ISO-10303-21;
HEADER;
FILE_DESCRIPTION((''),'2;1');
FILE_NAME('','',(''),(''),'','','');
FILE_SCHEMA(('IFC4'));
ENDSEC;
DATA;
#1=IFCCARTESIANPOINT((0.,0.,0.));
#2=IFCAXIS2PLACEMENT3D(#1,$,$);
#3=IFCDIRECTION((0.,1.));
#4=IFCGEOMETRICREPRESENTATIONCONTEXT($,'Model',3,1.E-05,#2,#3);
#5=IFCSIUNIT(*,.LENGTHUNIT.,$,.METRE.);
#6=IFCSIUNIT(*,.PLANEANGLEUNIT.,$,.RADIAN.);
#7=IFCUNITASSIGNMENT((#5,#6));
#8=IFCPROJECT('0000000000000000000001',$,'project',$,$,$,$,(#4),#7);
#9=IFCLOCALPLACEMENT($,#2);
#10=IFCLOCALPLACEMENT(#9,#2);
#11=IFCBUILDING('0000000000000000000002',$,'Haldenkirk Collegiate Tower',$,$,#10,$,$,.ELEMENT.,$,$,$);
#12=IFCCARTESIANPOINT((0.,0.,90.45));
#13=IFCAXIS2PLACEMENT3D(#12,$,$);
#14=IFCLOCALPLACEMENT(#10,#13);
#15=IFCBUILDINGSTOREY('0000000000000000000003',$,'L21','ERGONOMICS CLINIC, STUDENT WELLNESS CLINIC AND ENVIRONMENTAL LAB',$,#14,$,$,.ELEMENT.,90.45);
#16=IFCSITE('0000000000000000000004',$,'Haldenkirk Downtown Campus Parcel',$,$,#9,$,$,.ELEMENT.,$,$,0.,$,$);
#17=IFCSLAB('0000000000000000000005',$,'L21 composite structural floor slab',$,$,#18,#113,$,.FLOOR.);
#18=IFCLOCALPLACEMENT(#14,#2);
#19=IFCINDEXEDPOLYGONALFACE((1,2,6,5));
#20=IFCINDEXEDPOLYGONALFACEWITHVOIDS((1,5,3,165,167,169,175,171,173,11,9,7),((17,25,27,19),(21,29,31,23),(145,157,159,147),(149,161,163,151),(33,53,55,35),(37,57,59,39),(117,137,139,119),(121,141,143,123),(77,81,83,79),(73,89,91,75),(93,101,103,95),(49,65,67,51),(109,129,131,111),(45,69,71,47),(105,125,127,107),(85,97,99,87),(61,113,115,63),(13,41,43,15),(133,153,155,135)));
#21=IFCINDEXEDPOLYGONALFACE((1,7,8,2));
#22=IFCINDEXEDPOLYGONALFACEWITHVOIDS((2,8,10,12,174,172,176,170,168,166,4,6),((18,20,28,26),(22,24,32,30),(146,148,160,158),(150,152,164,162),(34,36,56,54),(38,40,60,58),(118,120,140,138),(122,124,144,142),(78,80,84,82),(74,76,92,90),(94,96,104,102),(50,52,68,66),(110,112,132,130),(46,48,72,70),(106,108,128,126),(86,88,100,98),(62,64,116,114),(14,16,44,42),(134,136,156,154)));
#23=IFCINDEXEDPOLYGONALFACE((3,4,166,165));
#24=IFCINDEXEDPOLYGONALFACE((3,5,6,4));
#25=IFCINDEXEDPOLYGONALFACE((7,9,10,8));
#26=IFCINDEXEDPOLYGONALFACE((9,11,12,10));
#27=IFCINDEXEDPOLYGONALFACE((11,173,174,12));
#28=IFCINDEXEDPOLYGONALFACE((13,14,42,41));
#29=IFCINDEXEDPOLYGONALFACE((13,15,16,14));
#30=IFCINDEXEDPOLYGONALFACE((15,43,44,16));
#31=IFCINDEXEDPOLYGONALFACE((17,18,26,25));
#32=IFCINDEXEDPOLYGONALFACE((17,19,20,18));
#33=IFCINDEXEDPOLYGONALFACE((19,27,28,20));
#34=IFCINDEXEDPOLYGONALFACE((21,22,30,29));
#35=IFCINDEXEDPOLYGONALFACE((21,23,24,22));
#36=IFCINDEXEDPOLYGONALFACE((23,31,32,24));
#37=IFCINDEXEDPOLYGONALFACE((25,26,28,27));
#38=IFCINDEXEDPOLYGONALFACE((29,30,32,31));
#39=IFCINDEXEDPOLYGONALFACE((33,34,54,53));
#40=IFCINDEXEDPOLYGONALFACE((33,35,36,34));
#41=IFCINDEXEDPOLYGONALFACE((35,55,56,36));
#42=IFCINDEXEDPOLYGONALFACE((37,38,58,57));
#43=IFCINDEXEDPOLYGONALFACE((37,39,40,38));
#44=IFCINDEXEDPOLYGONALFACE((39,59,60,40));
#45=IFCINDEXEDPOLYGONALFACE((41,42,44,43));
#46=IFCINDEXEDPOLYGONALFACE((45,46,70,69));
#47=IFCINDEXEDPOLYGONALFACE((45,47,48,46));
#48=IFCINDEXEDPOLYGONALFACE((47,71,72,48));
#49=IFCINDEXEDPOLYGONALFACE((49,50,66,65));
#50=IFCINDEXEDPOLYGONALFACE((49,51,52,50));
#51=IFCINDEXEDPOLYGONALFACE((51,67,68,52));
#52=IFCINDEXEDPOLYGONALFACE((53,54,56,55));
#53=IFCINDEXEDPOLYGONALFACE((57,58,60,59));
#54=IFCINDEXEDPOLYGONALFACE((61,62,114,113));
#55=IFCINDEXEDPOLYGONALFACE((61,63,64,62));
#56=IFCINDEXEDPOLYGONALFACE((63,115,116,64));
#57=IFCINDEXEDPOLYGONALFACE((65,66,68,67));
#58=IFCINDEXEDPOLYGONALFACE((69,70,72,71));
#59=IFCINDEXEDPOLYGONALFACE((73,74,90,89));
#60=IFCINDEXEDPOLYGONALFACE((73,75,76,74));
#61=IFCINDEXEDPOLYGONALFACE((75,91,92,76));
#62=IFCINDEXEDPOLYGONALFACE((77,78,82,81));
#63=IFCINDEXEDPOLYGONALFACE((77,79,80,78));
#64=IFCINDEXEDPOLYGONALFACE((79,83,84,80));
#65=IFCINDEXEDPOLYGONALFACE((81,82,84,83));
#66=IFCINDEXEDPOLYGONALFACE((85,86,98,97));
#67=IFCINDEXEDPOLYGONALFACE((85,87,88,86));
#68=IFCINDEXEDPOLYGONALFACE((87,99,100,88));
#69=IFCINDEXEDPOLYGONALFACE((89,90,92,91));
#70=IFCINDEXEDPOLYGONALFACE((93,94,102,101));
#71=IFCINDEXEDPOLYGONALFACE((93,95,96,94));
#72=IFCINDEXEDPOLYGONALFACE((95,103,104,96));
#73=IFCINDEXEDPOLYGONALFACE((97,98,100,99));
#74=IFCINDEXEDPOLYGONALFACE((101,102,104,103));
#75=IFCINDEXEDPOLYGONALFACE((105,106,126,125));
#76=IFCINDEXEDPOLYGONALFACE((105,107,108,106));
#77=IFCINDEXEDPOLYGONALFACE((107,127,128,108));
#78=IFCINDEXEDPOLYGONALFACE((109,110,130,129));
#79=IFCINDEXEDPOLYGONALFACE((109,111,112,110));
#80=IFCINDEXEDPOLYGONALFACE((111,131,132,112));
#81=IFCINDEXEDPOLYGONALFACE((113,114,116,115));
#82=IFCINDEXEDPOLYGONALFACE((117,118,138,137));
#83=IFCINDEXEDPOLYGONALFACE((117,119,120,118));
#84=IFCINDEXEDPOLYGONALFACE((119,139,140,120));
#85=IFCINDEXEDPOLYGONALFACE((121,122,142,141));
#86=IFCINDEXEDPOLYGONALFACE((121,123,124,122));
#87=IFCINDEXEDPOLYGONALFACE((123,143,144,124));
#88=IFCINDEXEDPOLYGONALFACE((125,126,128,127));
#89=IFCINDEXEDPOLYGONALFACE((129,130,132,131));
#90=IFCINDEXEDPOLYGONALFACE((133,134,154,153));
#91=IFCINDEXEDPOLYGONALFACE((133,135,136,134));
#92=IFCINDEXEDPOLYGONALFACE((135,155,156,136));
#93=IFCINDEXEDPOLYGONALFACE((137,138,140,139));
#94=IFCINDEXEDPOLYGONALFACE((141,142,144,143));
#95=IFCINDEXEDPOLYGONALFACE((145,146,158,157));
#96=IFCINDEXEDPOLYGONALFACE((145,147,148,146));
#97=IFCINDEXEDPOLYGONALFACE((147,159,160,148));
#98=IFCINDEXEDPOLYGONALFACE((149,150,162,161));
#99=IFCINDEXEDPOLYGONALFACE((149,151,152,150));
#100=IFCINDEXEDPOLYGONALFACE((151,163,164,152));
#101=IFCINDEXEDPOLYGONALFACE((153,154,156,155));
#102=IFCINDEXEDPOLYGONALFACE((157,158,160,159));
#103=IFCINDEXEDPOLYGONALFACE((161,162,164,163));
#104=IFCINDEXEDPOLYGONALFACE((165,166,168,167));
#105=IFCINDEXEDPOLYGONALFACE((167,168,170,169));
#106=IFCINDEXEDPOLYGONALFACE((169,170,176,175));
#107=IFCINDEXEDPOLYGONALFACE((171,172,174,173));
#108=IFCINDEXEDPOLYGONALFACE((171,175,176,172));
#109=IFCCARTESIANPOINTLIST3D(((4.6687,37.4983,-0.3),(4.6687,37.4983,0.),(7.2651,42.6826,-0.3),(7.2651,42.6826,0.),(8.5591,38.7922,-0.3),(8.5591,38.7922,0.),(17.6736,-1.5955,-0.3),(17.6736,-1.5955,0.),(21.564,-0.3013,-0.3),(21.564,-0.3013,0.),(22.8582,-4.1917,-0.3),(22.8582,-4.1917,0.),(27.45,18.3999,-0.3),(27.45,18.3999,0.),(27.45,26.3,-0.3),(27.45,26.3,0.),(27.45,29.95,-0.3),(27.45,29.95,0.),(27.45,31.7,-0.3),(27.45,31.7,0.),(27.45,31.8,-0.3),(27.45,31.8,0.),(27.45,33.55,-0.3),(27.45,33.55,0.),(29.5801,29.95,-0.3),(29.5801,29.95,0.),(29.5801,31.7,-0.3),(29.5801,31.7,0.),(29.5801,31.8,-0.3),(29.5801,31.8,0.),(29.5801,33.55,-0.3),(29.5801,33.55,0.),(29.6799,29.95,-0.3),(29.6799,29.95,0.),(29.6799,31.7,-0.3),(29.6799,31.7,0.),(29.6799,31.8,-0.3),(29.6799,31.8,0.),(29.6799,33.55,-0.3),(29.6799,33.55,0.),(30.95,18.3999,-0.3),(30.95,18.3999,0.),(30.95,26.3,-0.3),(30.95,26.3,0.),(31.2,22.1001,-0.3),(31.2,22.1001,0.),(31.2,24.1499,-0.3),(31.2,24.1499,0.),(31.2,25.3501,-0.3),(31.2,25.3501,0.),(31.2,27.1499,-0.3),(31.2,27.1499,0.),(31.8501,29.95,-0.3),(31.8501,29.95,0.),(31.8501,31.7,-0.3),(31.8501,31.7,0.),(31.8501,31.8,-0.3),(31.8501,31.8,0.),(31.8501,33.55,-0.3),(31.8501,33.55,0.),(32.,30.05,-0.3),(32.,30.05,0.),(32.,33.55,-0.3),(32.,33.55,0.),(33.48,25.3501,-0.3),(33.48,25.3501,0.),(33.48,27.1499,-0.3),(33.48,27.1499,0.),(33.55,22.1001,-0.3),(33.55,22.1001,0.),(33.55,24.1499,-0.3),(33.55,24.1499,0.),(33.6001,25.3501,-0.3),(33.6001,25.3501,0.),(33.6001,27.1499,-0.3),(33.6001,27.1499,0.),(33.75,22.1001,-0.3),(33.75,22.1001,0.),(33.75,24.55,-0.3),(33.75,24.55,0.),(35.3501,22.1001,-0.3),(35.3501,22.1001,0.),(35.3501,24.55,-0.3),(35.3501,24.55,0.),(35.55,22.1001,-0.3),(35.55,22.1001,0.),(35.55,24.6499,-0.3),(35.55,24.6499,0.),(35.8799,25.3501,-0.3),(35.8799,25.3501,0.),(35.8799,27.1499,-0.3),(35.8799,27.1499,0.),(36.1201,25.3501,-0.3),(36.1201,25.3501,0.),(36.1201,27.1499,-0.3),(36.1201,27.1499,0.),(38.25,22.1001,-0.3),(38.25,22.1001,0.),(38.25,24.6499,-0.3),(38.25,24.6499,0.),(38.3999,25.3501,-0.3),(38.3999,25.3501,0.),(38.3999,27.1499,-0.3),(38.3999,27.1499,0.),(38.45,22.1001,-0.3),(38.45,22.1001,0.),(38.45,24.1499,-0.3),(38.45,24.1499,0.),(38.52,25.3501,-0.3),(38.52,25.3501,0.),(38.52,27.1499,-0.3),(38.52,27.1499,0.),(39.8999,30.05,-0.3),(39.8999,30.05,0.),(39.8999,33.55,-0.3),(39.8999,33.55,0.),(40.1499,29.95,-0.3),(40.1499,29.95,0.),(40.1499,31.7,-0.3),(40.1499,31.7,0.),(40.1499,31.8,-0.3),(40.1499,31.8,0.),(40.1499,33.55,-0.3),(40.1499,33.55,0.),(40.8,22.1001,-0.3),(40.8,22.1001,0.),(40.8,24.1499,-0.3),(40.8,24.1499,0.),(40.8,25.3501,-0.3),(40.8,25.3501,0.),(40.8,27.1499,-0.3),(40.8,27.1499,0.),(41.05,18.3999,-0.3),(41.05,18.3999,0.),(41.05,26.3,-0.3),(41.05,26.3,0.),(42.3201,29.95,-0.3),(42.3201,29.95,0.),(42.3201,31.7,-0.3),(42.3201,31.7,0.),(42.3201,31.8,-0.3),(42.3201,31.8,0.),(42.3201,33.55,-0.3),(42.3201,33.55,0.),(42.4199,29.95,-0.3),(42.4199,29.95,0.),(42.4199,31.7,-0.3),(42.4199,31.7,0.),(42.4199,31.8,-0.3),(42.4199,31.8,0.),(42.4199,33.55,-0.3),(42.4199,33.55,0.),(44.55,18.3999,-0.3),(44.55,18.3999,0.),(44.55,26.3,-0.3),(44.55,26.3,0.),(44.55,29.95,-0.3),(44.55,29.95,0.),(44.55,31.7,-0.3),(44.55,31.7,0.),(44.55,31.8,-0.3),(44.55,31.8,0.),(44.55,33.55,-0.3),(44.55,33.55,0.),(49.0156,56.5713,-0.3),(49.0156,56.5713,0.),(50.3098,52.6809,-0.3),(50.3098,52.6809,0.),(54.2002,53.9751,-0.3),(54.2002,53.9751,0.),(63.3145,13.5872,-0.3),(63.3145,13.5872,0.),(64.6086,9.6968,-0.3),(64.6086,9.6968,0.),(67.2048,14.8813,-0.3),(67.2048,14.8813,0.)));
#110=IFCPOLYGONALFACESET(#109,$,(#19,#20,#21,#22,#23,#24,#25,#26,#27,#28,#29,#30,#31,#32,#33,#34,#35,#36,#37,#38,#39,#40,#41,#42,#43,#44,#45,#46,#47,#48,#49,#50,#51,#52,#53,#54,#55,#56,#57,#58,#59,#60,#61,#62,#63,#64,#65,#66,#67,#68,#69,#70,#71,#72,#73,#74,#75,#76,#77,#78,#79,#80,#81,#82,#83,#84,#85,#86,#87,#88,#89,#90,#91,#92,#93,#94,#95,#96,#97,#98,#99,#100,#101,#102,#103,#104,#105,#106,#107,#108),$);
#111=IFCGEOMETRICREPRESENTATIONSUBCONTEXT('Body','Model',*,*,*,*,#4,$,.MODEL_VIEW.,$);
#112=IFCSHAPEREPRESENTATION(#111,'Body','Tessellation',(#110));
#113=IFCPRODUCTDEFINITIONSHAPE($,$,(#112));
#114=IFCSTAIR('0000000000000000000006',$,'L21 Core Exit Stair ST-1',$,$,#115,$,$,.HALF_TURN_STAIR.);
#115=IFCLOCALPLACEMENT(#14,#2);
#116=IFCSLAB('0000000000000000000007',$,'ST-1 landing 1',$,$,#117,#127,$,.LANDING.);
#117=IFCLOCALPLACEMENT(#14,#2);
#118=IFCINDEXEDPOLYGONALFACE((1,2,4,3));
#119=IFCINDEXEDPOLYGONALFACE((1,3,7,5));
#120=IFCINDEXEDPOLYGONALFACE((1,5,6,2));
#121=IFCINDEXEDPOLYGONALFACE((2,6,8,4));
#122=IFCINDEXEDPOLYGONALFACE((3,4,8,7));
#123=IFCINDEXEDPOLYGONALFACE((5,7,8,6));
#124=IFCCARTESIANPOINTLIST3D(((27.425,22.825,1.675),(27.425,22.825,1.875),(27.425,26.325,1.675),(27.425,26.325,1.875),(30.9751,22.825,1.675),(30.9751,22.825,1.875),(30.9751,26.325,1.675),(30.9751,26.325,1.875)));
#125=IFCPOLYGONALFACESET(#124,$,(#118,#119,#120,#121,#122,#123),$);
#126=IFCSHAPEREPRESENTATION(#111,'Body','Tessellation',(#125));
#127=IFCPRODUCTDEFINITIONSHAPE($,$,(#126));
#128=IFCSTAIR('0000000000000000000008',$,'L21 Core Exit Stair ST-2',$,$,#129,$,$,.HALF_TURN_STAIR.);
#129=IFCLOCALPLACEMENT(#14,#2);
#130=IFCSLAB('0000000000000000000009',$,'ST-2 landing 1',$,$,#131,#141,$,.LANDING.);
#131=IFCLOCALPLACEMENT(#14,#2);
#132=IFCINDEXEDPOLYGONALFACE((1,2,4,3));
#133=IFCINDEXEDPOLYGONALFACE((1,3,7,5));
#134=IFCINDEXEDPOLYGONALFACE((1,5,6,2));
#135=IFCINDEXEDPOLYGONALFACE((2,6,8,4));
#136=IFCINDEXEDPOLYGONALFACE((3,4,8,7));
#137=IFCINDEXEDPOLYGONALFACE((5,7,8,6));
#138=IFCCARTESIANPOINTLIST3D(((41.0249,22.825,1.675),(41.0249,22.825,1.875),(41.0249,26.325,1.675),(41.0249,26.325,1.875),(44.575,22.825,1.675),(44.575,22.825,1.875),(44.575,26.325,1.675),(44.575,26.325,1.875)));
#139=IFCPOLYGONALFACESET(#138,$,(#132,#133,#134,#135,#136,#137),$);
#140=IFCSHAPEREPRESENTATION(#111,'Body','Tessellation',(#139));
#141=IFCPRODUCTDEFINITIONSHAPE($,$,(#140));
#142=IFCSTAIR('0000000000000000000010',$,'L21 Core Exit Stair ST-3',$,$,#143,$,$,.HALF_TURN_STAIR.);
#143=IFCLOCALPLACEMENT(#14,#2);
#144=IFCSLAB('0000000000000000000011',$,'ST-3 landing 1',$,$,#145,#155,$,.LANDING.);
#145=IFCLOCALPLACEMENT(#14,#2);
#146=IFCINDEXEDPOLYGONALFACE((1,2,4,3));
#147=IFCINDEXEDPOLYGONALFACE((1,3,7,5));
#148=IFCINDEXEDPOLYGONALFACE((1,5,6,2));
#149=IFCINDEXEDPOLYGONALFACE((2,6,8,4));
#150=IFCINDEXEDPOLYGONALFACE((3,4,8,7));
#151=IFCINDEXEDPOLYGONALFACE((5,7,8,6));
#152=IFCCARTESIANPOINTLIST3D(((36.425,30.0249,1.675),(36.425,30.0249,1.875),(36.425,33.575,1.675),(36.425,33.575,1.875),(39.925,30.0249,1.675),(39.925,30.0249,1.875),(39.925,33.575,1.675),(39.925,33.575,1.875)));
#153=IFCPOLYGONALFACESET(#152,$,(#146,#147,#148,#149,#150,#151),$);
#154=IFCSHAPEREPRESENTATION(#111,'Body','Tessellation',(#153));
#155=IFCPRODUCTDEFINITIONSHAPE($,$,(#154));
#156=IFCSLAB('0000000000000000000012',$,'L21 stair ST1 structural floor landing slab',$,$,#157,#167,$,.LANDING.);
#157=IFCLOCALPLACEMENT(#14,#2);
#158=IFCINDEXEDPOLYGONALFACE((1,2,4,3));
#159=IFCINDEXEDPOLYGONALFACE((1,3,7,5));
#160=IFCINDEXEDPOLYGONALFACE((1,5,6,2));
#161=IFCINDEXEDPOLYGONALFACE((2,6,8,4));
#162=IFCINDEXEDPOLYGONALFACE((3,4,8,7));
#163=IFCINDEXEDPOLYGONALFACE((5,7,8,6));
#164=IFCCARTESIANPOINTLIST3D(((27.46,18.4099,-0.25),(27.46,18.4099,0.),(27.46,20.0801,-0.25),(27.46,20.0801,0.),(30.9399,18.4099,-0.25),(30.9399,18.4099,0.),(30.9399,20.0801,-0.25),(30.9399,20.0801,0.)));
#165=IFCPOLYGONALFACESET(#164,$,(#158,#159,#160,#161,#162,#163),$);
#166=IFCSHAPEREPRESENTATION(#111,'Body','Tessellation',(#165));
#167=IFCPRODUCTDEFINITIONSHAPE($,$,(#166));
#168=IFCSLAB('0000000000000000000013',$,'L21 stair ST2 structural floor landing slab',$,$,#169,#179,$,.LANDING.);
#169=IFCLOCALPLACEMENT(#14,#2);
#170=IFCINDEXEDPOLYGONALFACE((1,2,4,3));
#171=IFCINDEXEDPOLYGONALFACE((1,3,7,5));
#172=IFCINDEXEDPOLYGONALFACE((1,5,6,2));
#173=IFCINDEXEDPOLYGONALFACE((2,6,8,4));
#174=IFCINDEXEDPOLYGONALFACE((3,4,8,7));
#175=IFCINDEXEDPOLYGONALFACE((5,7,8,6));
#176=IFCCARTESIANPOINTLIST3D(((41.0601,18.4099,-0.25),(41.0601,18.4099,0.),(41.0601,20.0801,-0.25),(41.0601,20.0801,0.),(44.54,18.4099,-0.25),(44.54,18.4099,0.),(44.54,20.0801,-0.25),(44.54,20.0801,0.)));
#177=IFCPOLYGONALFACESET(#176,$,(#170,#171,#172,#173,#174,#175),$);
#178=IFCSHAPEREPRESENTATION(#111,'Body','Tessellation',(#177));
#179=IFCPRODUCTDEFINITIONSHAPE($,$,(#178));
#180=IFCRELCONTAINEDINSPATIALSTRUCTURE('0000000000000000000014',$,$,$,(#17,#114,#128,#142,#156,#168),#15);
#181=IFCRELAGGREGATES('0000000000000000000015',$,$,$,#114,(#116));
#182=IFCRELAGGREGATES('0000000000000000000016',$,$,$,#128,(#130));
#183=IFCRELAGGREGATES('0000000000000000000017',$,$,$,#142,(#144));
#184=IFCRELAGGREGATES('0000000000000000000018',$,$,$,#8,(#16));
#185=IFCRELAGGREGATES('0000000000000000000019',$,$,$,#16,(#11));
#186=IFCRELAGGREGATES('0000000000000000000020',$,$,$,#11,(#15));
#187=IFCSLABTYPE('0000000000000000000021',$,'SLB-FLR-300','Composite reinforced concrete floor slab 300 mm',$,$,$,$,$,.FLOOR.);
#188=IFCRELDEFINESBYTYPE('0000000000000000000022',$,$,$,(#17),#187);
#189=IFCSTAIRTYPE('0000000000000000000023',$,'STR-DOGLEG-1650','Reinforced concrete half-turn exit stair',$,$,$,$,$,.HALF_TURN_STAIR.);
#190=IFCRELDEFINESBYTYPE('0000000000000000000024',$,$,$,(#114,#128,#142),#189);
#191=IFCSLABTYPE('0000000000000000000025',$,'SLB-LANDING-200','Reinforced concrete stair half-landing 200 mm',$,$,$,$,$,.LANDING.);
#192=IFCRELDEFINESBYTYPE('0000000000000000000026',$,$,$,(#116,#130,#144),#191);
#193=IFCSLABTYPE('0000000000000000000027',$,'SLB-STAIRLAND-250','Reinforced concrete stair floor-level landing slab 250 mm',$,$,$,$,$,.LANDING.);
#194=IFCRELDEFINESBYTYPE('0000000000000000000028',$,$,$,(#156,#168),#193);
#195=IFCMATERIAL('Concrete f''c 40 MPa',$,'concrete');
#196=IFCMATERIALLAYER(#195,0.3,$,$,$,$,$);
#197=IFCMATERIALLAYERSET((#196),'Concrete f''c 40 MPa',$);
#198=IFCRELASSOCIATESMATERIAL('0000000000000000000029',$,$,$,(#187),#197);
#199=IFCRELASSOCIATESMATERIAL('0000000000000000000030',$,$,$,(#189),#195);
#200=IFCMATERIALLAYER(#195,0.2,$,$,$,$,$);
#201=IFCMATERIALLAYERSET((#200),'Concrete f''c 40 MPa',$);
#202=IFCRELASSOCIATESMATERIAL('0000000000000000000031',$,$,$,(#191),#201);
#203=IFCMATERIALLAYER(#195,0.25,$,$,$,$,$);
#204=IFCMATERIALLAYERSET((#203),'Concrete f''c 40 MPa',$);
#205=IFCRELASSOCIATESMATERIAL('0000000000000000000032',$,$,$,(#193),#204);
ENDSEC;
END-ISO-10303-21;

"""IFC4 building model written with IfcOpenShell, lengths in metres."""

from ifc_helpers import new_model, si_unit, direction, frame, origin, place, context, subcontext, project, spatial, polyline, outline, extrude, material, layer, layer_set, type_object, element, aggregate, save


model = new_model("IFC4")

# Units and contexts
model_context = context("Model", 3, precision=1e-05, world=origin(), true_north=direction((0.0, 1.0)))
body_context = subcontext(model_context, "Body", "Model", "MODEL_VIEW")
ifc_project = project(units=[si_unit("LENGTHUNIT", "METRE"), si_unit("PLANEANGLEUNIT", "RADIAN")], contexts=[model_context])

# Site, building, storey
site_placement = place(None, origin())
site = spatial("IfcSite", under=ifc_project, at=site_placement, Name="Haldenkirk Downtown Campus Parcel", CompositionType="ELEMENT", RefElevation=0.0)
building_placement = place(site_placement, origin())
building = spatial("IfcBuilding", under=site, at=building_placement, Name="Haldenkirk Collegiate Tower", CompositionType="ELEMENT")
storey_placement = place(building_placement, frame((0.0, 0.0, 90.45)))
storey = spatial("IfcBuildingStorey", under=building, at=storey_placement, Name="L21", Description="ERGONOMICS CLINIC, STUDENT WELLNESS CLINIC AND ENVIRONMENTAL LAB", CompositionType="ELEMENT", Elevation=90.45)

# Slab
ifc_material_1 = material(Name="Concrete f'c 40 MPa", Category="concrete")
ifc_layer_1 = layer(ifc_material_1, 0.3)
ifc_layer_set_1 = layer_set([ifc_layer_1], Name="Concrete f'c 40 MPa")
slab_type_1 = type_object("IfcSlabType", Name="SLB-FLR-300", Description="Composite reinforced concrete floor slab 300 mm", PredefinedType="FLOOR", material=ifc_layer_set_1)
slab_1_placement = place(storey_placement, frame((0.0, 0.0, -0.3)))
element("IfcSlab", 1, at=slab_1_placement, inside=storey, type_object=slab_type_1, Name="L21 composite structural floor slab", PredefinedType="FLOOR", context=body_context, shape_type="SweptSolid", body=[
    extrude(outline(polyline([(22.8582, -4.1917), (64.6086, 9.6968), (63.3145, 13.5872), (67.2048, 14.8813), (54.2002, 53.9751), (50.3098, 52.6809), (49.0156, 56.5713), (7.2651, 42.6826), (8.5591, 38.7922), (4.6687, 37.4983), (17.6736, -1.5955), (21.564, -0.3013), (22.8582, -4.1917)]), holes=[polyline([(27.45, 18.3999), (30.95, 18.3999), (30.95, 26.3), (27.45, 26.3), (27.45, 18.3999)]), polyline([(41.05, 18.3999), (44.55, 18.3999), (44.55, 26.3), (41.05, 26.3), (41.05, 18.3999)]), polyline([(32.0, 30.05), (39.8999, 30.05), (39.8999, 33.55), (32.0, 33.55), (32.0, 30.05)]), polyline([(33.75, 22.1001), (35.3501, 22.1001), (35.3501, 24.55), (33.75, 24.55), (33.75, 22.1001)]), polyline([(27.45, 29.95), (29.5801, 29.95), (29.5801, 31.7), (27.45, 31.7), (27.45, 29.95)]), polyline([(29.6799, 29.95), (31.8501, 29.95), (31.8501, 31.7), (29.6799, 31.7), (29.6799, 29.95)]), polyline([(27.45, 31.8), (29.5801, 31.8), (29.5801, 33.55), (27.45, 33.55), (27.45, 31.8)]), polyline([(29.6799, 31.8), (31.8501, 31.8), (31.8501, 33.55), (29.6799, 33.55), (29.6799, 31.8)]), polyline([(40.1499, 29.95), (42.3201, 29.95), (42.3201, 31.7), (40.1499, 31.7), (40.1499, 29.95)]), polyline([(42.4199, 29.95), (44.55, 29.95), (44.55, 31.7), (42.4199, 31.7), (42.4199, 29.95)]), polyline([(40.1499, 31.8), (42.3201, 31.8), (42.3201, 33.55), (40.1499, 33.55), (40.1499, 31.8)]), polyline([(42.4199, 31.8), (44.55, 31.8), (44.55, 33.55), (42.4199, 33.55), (42.4199, 31.8)]), polyline([(31.2, 25.3501), (33.48, 25.3501), (33.48, 27.1499), (31.2, 27.1499), (31.2, 25.3501)]), polyline([(33.6001, 25.3501), (35.8799, 25.3501), (35.8799, 27.1499), (33.6001, 27.1499), (33.6001, 25.3501)]), polyline([(36.1201, 25.3501), (38.3999, 25.3501), (38.3999, 27.1499), (36.1201, 27.1499), (36.1201, 25.3501)]), polyline([(38.52, 25.3501), (40.8, 25.3501), (40.8, 27.1499), (38.52, 27.1499), (38.52, 25.3501)]), polyline([(31.2, 22.1001), (33.55, 22.1001), (33.55, 24.1499), (31.2, 24.1499), (31.2, 22.1001)]), polyline([(38.45, 22.1001), (40.8, 22.1001), (40.8, 24.1499), (38.45, 24.1499), (38.45, 22.1001)]), polyline([(35.55, 22.1001), (38.25, 22.1001), (38.25, 24.6499), (35.55, 24.6499), (35.55, 22.1001)])]), origin(), (0.0, 0.0, 1.0), 0.3),
])

# Stairs, slabs
stair_type = type_object("IfcStairType", Name="STR-DOGLEG-1650", Description="Reinforced concrete half-turn exit stair", PredefinedType="HALF_TURN_STAIR", material=ifc_material_1)
stair_1_placement = place(storey_placement, origin())
stair_1 = element("IfcStair", 2, at=stair_1_placement, inside=storey, type_object=stair_type, Name="L21 Core Exit Stair ST-1", PredefinedType="HALF_TURN_STAIR")
ifc_layer_2 = layer(ifc_material_1, 0.2)
ifc_layer_set_2 = layer_set([ifc_layer_2], Name="Concrete f'c 40 MPa")
slab_type_2 = type_object("IfcSlabType", Name="SLB-LANDING-200", Description="Reinforced concrete stair half-landing 200 mm", PredefinedType="LANDING", material=ifc_layer_set_2)
slab_2_placement = place(storey_placement, frame((0.0, 0.0, 1.675)))
slab_2 = element("IfcSlab", 3, at=slab_2_placement, type_object=slab_type_2, Name="ST-1 landing 1", PredefinedType="LANDING", context=body_context, shape_type="SweptSolid", body=[
    extrude(outline(polyline([(30.9751, 22.825), (27.425, 22.825), (27.425, 26.325), (30.9751, 26.325), (30.9751, 22.825)])), origin(), (0.0, 0.0, 1.0), 0.2),
])
aggregate(stair_1, [slab_2])
stair_2_placement = place(storey_placement, origin())
stair_2 = element("IfcStair", 4, at=stair_2_placement, inside=storey, type_object=stair_type, Name="L21 Core Exit Stair ST-2", PredefinedType="HALF_TURN_STAIR")
slab_3_placement = place(storey_placement, frame((0.0, 0.0, 1.675)))
slab_3 = element("IfcSlab", 5, at=slab_3_placement, type_object=slab_type_2, Name="ST-2 landing 1", PredefinedType="LANDING", context=body_context, shape_type="SweptSolid", body=[
    extrude(outline(polyline([(44.575, 22.825), (41.0249, 22.825), (41.0249, 26.325), (44.575, 26.325), (44.575, 22.825)])), origin(), (0.0, 0.0, 1.0), 0.2),
])
aggregate(stair_2, [slab_3])
stair_3_placement = place(storey_placement, origin())
stair_3 = element("IfcStair", 6, at=stair_3_placement, inside=storey, type_object=stair_type, Name="L21 Core Exit Stair ST-3", PredefinedType="HALF_TURN_STAIR")
slab_4_placement = place(storey_placement, frame((0.0, 0.0, 1.675)))
slab_4 = element("IfcSlab", 7, at=slab_4_placement, type_object=slab_type_2, Name="ST-3 landing 1", PredefinedType="LANDING", context=body_context, shape_type="SweptSolid", body=[
    extrude(outline(polyline([(36.425, 30.0249), (36.425, 33.575), (39.925, 33.575), (39.925, 30.0249), (36.425, 30.0249)])), origin(), (0.0, 0.0, 1.0), 0.2),
])
aggregate(stair_3, [slab_4])

# Slabs
ifc_layer_3 = layer(ifc_material_1, 0.25)
ifc_layer_set_3 = layer_set([ifc_layer_3], Name="Concrete f'c 40 MPa")
slab_type_3 = type_object("IfcSlabType", Name="SLB-STAIRLAND-250", Description="Reinforced concrete stair floor-level landing slab 250 mm", PredefinedType="LANDING", material=ifc_layer_set_3)
slab_5_placement = place(storey_placement, frame((0.0, 0.0, -0.25)))
element("IfcSlab", 8, at=slab_5_placement, inside=storey, type_object=slab_type_3, Name="L21 stair ST1 structural floor landing slab", PredefinedType="LANDING", context=body_context, shape_type="SweptSolid", body=[
    extrude(outline(polyline([(27.46, 18.4099), (30.9399, 18.4099), (30.9399, 20.0801), (27.46, 20.0801), (27.46, 18.4099)])), origin(), (0.0, 0.0, 1.0), 0.25),
])
slab_6_placement = place(storey_placement, frame((0.0, 0.0, -0.25)))
element("IfcSlab", 9, at=slab_6_placement, inside=storey, type_object=slab_type_3, Name="L21 stair ST2 structural floor landing slab", PredefinedType="LANDING", context=body_context, shape_type="SweptSolid", body=[
    extrude(outline(polyline([(41.0601, 18.4099), (44.54, 18.4099), (44.54, 20.0801), (41.0601, 20.0801), (41.0601, 18.4099)])), origin(), (0.0, 0.0, 1.0), 0.25),
])

save(model, "model.ifc")
